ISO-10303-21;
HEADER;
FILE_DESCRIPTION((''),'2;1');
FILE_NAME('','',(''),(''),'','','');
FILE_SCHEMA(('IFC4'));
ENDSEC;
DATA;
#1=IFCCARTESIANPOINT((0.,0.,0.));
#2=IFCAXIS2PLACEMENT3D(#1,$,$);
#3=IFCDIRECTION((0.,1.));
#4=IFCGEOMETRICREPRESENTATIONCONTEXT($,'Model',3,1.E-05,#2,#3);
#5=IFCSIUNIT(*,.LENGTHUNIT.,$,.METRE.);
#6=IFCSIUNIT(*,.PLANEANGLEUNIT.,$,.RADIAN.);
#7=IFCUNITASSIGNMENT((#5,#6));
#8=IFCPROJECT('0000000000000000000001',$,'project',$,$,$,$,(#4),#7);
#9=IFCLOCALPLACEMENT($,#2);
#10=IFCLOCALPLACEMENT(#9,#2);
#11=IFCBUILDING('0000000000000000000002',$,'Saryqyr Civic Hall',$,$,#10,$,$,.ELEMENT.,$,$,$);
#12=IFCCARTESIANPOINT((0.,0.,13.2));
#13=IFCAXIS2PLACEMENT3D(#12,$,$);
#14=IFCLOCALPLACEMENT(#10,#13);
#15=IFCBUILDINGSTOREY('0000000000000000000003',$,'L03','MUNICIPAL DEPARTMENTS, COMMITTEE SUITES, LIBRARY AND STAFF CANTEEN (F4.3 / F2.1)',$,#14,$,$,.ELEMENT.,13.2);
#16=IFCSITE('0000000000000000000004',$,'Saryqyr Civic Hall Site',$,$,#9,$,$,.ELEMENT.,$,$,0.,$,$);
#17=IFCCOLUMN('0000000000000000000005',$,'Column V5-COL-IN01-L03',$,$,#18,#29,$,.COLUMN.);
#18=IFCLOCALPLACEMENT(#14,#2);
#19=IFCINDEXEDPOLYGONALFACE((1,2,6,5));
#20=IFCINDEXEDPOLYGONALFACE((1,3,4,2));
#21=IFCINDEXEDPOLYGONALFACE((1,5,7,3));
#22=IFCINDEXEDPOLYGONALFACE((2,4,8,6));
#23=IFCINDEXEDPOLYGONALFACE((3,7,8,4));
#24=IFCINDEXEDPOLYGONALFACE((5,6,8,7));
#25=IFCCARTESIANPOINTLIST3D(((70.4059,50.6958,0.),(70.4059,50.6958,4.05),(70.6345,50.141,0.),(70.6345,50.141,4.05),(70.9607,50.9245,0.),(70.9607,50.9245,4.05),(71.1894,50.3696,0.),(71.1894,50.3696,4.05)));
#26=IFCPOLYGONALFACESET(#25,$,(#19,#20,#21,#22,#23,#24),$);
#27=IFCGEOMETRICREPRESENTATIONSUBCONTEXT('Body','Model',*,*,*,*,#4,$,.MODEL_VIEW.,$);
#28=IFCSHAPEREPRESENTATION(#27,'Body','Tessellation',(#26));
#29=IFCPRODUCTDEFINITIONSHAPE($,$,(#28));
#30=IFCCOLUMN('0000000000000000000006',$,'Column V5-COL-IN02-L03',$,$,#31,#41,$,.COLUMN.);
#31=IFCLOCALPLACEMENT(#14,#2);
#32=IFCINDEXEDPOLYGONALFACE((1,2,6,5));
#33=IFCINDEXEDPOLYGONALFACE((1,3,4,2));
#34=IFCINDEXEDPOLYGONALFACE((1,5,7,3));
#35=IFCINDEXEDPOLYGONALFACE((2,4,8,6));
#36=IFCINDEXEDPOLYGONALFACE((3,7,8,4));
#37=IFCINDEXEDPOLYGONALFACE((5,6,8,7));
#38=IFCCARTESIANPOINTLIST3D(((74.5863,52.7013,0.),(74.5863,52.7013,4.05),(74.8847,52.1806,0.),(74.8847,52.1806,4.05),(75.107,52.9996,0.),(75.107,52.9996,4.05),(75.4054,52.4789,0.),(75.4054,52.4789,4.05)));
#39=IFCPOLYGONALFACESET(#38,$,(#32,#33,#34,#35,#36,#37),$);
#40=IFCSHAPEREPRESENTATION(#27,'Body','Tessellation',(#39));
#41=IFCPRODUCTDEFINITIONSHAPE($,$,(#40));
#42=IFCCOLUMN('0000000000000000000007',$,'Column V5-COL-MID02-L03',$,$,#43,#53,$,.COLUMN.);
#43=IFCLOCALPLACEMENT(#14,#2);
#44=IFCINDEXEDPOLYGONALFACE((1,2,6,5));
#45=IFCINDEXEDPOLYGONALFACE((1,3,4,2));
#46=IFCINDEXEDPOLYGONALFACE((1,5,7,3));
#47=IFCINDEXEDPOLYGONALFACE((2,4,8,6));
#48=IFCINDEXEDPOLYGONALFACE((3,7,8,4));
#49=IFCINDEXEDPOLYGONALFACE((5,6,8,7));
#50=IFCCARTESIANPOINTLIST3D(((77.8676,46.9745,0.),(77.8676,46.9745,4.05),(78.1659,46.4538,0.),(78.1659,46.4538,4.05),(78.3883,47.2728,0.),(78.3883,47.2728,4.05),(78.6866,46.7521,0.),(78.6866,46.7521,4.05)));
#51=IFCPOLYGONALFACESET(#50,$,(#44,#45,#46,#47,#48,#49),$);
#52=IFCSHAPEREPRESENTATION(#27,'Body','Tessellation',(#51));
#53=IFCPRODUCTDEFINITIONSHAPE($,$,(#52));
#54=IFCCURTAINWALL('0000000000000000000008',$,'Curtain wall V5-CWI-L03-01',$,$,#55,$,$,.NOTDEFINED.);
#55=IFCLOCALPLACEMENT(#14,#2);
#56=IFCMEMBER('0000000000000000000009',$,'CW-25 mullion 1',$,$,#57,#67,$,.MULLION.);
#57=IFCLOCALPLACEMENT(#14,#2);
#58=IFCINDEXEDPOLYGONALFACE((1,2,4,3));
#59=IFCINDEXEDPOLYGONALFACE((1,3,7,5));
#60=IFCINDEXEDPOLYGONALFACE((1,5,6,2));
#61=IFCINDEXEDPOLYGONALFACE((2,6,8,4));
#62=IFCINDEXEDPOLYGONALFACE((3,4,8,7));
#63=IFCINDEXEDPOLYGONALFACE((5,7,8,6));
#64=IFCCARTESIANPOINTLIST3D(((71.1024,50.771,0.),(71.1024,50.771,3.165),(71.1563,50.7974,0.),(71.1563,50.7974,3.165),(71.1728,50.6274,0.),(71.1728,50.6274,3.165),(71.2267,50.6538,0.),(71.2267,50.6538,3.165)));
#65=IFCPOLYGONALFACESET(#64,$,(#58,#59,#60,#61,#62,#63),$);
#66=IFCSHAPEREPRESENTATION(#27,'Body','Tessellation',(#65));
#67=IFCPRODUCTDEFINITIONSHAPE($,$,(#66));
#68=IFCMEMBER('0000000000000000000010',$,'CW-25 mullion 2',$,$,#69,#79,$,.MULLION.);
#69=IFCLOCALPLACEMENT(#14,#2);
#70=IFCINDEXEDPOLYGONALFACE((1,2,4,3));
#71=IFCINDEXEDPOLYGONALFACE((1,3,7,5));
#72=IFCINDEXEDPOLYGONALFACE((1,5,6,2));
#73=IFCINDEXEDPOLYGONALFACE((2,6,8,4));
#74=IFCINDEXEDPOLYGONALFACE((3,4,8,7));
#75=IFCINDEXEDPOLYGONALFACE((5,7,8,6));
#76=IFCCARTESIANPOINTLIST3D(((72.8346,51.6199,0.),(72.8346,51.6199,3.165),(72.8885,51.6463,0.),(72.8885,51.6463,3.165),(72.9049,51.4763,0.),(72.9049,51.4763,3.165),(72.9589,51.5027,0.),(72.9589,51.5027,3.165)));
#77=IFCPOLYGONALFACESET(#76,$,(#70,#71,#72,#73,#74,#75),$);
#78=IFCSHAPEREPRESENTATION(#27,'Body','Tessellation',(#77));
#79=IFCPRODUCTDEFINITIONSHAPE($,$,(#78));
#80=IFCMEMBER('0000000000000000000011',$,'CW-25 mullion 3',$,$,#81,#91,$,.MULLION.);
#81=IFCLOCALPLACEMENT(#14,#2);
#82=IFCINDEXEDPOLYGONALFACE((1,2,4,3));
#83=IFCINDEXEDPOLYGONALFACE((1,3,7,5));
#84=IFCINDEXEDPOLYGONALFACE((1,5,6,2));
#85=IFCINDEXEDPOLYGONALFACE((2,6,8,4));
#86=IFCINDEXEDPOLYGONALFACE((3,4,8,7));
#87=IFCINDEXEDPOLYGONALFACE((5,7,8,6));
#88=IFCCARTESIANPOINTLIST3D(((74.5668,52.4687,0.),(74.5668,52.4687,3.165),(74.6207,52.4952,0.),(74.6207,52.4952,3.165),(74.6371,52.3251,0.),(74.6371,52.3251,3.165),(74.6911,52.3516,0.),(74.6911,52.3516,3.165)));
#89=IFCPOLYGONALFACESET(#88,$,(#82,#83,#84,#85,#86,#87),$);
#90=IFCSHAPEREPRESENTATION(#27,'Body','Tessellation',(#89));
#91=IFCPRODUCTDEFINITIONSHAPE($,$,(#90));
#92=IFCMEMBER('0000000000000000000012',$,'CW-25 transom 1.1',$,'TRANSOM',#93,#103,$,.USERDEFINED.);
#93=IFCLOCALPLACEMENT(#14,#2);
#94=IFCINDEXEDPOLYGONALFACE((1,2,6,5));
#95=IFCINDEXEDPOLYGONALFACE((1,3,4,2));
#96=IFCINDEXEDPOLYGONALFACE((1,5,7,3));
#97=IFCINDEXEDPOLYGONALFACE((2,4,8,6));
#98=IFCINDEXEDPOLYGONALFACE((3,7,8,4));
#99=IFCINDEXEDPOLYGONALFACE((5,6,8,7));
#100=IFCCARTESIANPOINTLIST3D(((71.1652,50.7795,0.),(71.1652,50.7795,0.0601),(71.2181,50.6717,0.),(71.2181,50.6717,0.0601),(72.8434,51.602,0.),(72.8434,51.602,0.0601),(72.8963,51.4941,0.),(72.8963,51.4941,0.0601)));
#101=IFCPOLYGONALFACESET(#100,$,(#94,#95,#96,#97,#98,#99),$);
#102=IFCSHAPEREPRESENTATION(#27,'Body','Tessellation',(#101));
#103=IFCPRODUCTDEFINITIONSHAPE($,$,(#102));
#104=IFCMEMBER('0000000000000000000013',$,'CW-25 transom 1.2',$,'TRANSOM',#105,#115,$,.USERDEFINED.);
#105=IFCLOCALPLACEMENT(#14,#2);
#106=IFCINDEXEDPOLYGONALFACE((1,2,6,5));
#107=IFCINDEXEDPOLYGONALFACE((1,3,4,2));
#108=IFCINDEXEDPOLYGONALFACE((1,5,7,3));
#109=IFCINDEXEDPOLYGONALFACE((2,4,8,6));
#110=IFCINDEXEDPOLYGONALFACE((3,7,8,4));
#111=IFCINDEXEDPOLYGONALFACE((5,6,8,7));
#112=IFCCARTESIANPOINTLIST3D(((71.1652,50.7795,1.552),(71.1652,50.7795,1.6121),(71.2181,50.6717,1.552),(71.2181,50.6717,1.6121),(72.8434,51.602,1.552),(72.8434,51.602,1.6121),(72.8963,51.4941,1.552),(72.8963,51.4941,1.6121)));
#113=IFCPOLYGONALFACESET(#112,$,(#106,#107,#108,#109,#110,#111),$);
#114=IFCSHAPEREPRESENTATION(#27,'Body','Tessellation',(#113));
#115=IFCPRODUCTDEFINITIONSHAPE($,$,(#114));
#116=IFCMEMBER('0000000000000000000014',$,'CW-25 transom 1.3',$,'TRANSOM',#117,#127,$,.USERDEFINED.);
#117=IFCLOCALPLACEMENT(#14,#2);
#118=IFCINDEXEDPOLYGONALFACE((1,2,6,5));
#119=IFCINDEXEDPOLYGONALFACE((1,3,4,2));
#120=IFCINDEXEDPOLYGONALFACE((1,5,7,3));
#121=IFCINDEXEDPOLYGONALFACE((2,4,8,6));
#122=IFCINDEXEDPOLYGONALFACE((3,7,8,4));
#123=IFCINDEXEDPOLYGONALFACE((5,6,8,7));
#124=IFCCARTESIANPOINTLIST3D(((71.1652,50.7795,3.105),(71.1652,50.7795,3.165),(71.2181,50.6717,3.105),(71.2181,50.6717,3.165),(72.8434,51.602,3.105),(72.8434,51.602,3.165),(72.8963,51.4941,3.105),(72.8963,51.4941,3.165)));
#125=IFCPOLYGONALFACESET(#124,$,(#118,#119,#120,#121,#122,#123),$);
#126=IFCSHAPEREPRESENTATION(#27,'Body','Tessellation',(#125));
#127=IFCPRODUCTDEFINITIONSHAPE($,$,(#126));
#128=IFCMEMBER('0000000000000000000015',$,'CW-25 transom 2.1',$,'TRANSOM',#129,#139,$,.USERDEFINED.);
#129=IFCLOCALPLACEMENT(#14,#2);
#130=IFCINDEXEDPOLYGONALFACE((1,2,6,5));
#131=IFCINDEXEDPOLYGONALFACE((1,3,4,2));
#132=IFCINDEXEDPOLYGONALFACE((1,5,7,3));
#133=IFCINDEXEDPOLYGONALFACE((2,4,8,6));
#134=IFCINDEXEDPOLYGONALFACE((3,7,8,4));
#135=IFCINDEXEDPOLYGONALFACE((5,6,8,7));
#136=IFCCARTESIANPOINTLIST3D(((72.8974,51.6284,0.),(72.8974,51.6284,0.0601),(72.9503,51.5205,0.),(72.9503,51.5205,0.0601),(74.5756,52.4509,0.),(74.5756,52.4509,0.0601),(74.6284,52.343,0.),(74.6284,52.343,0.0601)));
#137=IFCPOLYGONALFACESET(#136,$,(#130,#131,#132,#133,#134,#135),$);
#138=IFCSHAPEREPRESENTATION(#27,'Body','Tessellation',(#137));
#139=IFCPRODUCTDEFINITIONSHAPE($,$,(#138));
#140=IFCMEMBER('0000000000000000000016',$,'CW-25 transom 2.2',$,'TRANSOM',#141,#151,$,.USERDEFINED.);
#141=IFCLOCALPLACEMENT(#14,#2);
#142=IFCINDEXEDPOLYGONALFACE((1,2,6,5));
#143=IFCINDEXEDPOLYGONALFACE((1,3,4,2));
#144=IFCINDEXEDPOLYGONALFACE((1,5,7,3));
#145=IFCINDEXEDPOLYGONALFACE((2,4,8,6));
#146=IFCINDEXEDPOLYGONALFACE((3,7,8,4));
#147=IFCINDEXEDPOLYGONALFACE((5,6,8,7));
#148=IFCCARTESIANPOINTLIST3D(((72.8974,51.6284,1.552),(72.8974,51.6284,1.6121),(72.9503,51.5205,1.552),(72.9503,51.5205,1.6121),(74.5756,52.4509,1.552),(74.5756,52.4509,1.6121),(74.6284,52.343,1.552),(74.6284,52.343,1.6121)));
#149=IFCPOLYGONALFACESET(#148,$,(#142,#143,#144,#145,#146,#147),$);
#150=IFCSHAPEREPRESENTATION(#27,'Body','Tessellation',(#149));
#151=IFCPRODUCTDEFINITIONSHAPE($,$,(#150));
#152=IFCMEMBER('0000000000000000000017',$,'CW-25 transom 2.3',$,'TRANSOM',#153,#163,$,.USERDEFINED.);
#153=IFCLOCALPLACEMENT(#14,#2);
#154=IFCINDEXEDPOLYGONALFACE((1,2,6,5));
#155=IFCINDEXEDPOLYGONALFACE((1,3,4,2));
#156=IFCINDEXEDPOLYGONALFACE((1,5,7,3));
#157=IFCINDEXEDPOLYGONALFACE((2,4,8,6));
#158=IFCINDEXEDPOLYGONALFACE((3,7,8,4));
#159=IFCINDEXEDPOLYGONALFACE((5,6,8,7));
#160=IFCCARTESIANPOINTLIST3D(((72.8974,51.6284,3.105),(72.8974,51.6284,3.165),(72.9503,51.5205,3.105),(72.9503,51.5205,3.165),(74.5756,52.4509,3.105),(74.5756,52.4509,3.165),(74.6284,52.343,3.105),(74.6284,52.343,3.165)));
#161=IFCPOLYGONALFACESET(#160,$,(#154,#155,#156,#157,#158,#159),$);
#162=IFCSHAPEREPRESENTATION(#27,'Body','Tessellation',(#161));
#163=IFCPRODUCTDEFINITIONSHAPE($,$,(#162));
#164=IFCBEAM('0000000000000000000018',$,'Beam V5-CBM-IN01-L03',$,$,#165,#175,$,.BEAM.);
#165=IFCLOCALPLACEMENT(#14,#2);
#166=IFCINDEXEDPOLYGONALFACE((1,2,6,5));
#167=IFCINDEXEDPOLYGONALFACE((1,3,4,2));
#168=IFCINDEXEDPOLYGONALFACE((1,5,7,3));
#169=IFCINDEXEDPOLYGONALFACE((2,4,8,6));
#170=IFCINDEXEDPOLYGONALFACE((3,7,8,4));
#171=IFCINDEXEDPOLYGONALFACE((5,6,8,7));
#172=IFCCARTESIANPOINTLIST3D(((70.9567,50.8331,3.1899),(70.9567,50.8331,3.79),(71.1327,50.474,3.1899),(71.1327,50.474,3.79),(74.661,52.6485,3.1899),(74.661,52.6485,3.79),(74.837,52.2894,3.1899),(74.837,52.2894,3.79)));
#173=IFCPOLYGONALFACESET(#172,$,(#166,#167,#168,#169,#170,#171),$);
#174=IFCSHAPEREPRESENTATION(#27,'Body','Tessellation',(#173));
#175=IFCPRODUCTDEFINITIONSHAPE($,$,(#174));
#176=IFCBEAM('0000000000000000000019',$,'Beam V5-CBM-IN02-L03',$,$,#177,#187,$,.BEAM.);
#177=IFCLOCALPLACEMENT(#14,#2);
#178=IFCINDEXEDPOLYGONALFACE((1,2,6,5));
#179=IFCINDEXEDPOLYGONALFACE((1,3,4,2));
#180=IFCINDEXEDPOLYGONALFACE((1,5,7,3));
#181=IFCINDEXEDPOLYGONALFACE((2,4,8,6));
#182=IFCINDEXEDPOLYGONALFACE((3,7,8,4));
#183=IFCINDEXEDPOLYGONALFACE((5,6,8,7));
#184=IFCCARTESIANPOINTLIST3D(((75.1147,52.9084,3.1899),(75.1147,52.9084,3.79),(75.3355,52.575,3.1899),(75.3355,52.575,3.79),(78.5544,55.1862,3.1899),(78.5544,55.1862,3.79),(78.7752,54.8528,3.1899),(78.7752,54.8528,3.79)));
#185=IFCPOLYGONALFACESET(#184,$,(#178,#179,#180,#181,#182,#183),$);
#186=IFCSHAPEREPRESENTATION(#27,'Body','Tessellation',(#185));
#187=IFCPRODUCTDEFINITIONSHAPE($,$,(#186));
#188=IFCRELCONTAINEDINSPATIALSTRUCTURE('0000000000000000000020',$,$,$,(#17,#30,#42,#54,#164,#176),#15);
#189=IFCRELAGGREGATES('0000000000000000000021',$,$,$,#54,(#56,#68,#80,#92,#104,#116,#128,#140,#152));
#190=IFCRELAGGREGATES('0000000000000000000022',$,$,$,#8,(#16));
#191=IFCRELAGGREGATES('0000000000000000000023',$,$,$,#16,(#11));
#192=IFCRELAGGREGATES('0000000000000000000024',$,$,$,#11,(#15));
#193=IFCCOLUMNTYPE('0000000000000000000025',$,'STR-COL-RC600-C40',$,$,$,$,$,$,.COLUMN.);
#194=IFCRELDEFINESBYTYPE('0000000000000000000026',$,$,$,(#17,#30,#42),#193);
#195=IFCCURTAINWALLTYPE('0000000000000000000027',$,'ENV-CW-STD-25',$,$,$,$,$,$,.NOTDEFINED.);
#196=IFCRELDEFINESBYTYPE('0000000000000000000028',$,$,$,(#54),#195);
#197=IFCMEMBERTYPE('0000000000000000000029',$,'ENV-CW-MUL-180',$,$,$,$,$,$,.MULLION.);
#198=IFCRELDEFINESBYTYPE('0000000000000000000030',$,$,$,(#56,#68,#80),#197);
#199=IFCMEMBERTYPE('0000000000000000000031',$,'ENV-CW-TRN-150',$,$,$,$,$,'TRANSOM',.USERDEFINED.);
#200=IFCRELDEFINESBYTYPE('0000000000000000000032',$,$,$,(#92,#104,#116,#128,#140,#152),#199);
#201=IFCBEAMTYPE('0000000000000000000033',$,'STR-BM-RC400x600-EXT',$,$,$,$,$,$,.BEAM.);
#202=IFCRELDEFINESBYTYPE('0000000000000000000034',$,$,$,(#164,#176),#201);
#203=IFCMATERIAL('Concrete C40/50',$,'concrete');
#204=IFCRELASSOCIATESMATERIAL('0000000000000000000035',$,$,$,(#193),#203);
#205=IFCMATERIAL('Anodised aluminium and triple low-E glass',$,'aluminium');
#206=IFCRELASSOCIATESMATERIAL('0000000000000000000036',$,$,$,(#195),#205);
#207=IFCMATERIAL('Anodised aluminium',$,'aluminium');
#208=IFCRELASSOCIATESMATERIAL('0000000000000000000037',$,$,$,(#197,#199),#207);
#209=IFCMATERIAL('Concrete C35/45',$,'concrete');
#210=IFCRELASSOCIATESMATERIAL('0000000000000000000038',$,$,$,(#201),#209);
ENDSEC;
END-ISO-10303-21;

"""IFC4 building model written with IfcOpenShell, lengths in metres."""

from ifc_helpers import new_model, si_unit, direction, frame, origin, origin_2d, place, context, subcontext, project, spatial, rectangle, extrude, material, material_profile, profile_set, type_object, element, aggregate, save


model = new_model("IFC4")

# Units and contexts
model_context = context("Model", 3, precision=1e-05, world=origin(), true_north=direction((0.0, 1.0)))
body_context = subcontext(model_context, "Body", "Model", "MODEL_VIEW")
ifc_project = project(units=[si_unit("LENGTHUNIT", "METRE"), si_unit("PLANEANGLEUNIT", "RADIAN")], contexts=[model_context])

# Site, building, storey
site_placement = place(None, origin())
site = spatial("IfcSite", under=ifc_project, at=site_placement, Name="Saryqyr Civic Hall Site", CompositionType="ELEMENT", RefElevation=0.0)
building_placement = place(site_placement, origin())
building = spatial("IfcBuilding", under=site, at=building_placement, Name="Saryqyr Civic Hall", CompositionType="ELEMENT")
storey_placement = place(building_placement, frame((0.0, 0.0, 13.2)))
storey = spatial("IfcBuildingStorey", under=building, at=storey_placement, Name="L03", Description="MUNICIPAL DEPARTMENTS, COMMITTEE SUITES, LIBRARY AND STAFF CANTEEN (F4.3 / F2.1)", CompositionType="ELEMENT", Elevation=13.2)

# Columns
ifc_material_1 = material(Name="Concrete C40/50", Category="concrete")
ifc_material_profile_1 = material_profile(ifc_material_1, rectangle(XDim=0.6001, YDim=0.6001, at=origin_2d()), Name="RC 600x600")
ifc_profile_set_1 = profile_set([ifc_material_profile_1], Name="Concrete C40/50")
column_type = type_object("IfcColumnType", Name="STR-COL-RC600-C40", PredefinedType="COLUMN", material=ifc_profile_set_1)
for number, where, z_axis, x_axis, name in (
    (1, (70.7976, 50.5327, 0.0), (0.0, 0.0, 1.0), (0.38107, -0.924546, 0.0), "Column V5-COL-IN01-L03"),
    (2, (74.9958, 52.5901, 0.0), (0.0, 0.0, 1.0), (0.497125, -0.867679, 0.0), "Column V5-COL-IN02-L03"),
    (3, (78.2771, 46.8633, 0.0), (0.0, 0.0, 1.0), (0.497125, -0.867679, 0.0), "Column V5-COL-MID02-L03"),
):
    element("IfcColumn", number, at=place(storey_placement, frame(where, z_axis=z_axis, x_axis=x_axis)), inside=storey, type_object=column_type, Name=name, PredefinedType="COLUMN", context=body_context, shape_type="SweptSolid", body=[
        extrude(rectangle(XDim=0.6001, YDim=0.6001, at=origin_2d()), origin(), (0.0, 0.0, 1.0), 4.05),
    ])

# Curtain wall, members
ifc_material_2 = material(Name="Anodised aluminium and triple low-E glass", Category="aluminium")
curtain_wall_type = type_object("IfcCurtainWallType", Name="ENV-CW-STD-25", PredefinedType="NOTDEFINED", material=ifc_material_2)
curtain_wall_placement = place(storey_placement, origin())
curtain_wall = element("IfcCurtainWall", 4, at=curtain_wall_placement, inside=storey, type_object=curtain_wall_type, Name="Curtain wall V5-CWI-L03-01", PredefinedType="NOTDEFINED")
ifc_material_3 = material(Name="Anodised aluminium", Category="aluminium")
ifc_material_profile_2 = material_profile(ifc_material_3, rectangle(XDim=0.0601, YDim=0.1599, at=origin_2d()), Name="ALU MULLION 60x160")
ifc_profile_set_2 = profile_set([ifc_material_profile_2], Name="Anodised aluminium")
member_type_1 = type_object("IfcMemberType", Name="ENV-CW-MUL-180", PredefinedType="MULLION", material=ifc_profile_set_2)
member_1_placement = place(storey_placement, frame((71.1646, 50.7124, 0.0), z_axis=(0.0, 0.0, 1.0), x_axis=(0.897962, 0.440073, 0.0)))
member_1 = element("IfcMember", 5, at=member_1_placement, type_object=member_type_1, Name="CW-25 mullion 1", PredefinedType="MULLION", context=body_context, shape_type="SweptSolid", body=[
    extrude(rectangle(XDim=0.0601, YDim=0.1599, at=origin_2d()), origin(), (0.0, 0.0, 1.0), 3.165),
])
member_2_placement = place(storey_placement, frame((72.8967, 51.5613, 0.0), z_axis=(0.0, 0.0, 1.0), x_axis=(0.897962, 0.440073, 0.0)))
member_2 = element("IfcMember", 6, at=member_2_placement, type_object=member_type_1, Name="CW-25 mullion 2", PredefinedType="MULLION", context=body_context, shape_type="SweptSolid", body=[
    extrude(rectangle(XDim=0.0601, YDim=0.1599, at=origin_2d()), origin(), (0.0, 0.0, 1.0), 3.165),
])
member_3_placement = place(storey_placement, frame((74.6289, 52.4102, 0.0), z_axis=(0.0, 0.0, 1.0), x_axis=(0.897962, 0.440073, 0.0)))
member_3 = element("IfcMember", 7, at=member_3_placement, type_object=member_type_1, Name="CW-25 mullion 3", PredefinedType="MULLION", context=body_context, shape_type="SweptSolid", body=[
    extrude(rectangle(XDim=0.0601, YDim=0.1599, at=origin_2d()), origin(), (0.0, 0.0, 1.0), 3.165),
])
ifc_material_profile_3 = material_profile(ifc_material_3, rectangle(XDim=0.1201, YDim=0.0601, at=origin_2d()), Name="ALU TRANSOM 120x60")
ifc_profile_set_3 = profile_set([ifc_material_profile_3], Name="Anodised aluminium")
member_type_2 = type_object("IfcMemberType", Name="ENV-CW-TRN-150", ElementType="TRANSOM", PredefinedType="USERDEFINED", material=ifc_profile_set_3)
member_4_placement = place(storey_placement, frame((71.1917, 50.7256, 0.03), z_axis=(0.897952, 0.440093, 0.0), x_axis=(-0.440093, 0.897952, 0.0)))
member_4 = element("IfcMember", 8, at=member_4_placement, type_object=member_type_2, Name="CW-25 transom 1.1", ObjectType="TRANSOM", PredefinedType="USERDEFINED", context=body_context, shape_type="SweptSolid", body=[
    extrude(rectangle(XDim=0.1201, YDim=0.0601, at=origin_2d()), origin(), (0.0, 0.0, 1.0), 1.8689),
])
member_5_placement = place(storey_placement, frame((71.1917, 50.7256, 1.582), z_axis=(0.897952, 0.440093, 0.0), x_axis=(-0.440093, 0.897952, 0.0)))
member_5 = element("IfcMember", 9, at=member_5_placement, type_object=member_type_2, Name="CW-25 transom 1.2", ObjectType="TRANSOM", PredefinedType="USERDEFINED", context=body_context, shape_type="SweptSolid", body=[
    extrude(rectangle(XDim=0.1201, YDim=0.0601, at=origin_2d()), origin(), (0.0, 0.0, 1.0), 1.8689),
])
member_6_placement = place(storey_placement, frame((71.1917, 50.7256, 3.135), z_axis=(0.897952, 0.440093, 0.0), x_axis=(-0.440093, 0.897952, 0.0)))
member_6 = element("IfcMember", 10, at=member_6_placement, type_object=member_type_2, Name="CW-25 transom 1.3", ObjectType="TRANSOM", PredefinedType="USERDEFINED", context=body_context, shape_type="SweptSolid", body=[
    extrude(rectangle(XDim=0.1201, YDim=0.0601, at=origin_2d()), origin(), (0.0, 0.0, 1.0), 1.8689),
])
member_7_placement = place(storey_placement, frame((72.9238, 51.5745, 0.03), z_axis=(0.897952, 0.440093, 0.0), x_axis=(-0.440093, 0.897952, 0.0)))
member_7 = element("IfcMember", 11, at=member_7_placement, type_object=member_type_2, Name="CW-25 transom 2.1", ObjectType="TRANSOM", PredefinedType="USERDEFINED", context=body_context, shape_type="SweptSolid", body=[
    extrude(rectangle(XDim=0.1201, YDim=0.0601, at=origin_2d()), origin(), (0.0, 0.0, 1.0), 1.8689),
])
member_8_placement = place(storey_placement, frame((72.9238, 51.5745, 1.582), z_axis=(0.897952, 0.440093, 0.0), x_axis=(-0.440093, 0.897952, 0.0)))
member_8 = element("IfcMember", 12, at=member_8_placement, type_object=member_type_2, Name="CW-25 transom 2.2", ObjectType="TRANSOM", PredefinedType="USERDEFINED", context=body_context, shape_type="SweptSolid", body=[
    extrude(rectangle(XDim=0.1201, YDim=0.0601, at=origin_2d()), origin(), (0.0, 0.0, 1.0), 1.8689),
])
member_9_placement = place(storey_placement, frame((72.9238, 51.5745, 3.135), z_axis=(0.897952, 0.440093, 0.0), x_axis=(-0.440093, 0.897952, 0.0)))
member_9 = element("IfcMember", 13, at=member_9_placement, type_object=member_type_2, Name="CW-25 transom 2.3", ObjectType="TRANSOM", PredefinedType="USERDEFINED", context=body_context, shape_type="SweptSolid", body=[
    extrude(rectangle(XDim=0.1201, YDim=0.0601, at=origin_2d()), origin(), (0.0, 0.0, 1.0), 1.8689),
])

# Beams
ifc_material_4 = material(Name="Concrete C35/45", Category="concrete")
ifc_material_profile_4 = material_profile(ifc_material_4, rectangle(XDim=0.3999, YDim=0.6001, at=origin_2d()), Name="RC 400x600")
ifc_profile_set_4 = profile_set([ifc_material_profile_4], Name="Concrete C35/45")
beam_type_1 = type_object("IfcBeamType", Name="STR-BM-RC400x600-EXT", PredefinedType="BEAM", material=ifc_profile_set_4)
beam_1_placement = place(storey_placement, frame((71.0447, 50.6536, 3.49), z_axis=(0.897962, 0.440074, 0.0), x_axis=(-0.440074, 0.897962, 0.0)))
element("IfcBeam", 14, at=beam_1_placement, inside=storey, type_object=beam_type_1, Name="Beam V5-CBM-IN01-L03", PredefinedType="BEAM", context=body_context, shape_type="SweptSolid", body=[
    extrude(rectangle(XDim=0.3999, YDim=0.6001, at=origin_2d()), origin(), (0.0, 0.0, 1.0), 4.1252),
])
beam_2_placement = place(storey_placement, frame((75.2251, 52.7417, 3.49), z_axis=(0.833758, 0.55213, 0.0), x_axis=(-0.55213, 0.833758, 0.0)))
element("IfcBeam", 15, at=beam_2_placement, inside=storey, type_object=beam_type_1, Name="Beam V5-CBM-IN02-L03", PredefinedType="BEAM", context=body_context, shape_type="SweptSolid", body=[
    extrude(rectangle(XDim=0.3999, YDim=0.6001, at=origin_2d()), origin(), (0.0, 0.0, 1.0), 4.1255),
])

aggregate(curtain_wall, [member_1, member_2, member_3, member_4, member_5, member_6, member_7, member_8, member_9])

save(model, "model.ifc")
